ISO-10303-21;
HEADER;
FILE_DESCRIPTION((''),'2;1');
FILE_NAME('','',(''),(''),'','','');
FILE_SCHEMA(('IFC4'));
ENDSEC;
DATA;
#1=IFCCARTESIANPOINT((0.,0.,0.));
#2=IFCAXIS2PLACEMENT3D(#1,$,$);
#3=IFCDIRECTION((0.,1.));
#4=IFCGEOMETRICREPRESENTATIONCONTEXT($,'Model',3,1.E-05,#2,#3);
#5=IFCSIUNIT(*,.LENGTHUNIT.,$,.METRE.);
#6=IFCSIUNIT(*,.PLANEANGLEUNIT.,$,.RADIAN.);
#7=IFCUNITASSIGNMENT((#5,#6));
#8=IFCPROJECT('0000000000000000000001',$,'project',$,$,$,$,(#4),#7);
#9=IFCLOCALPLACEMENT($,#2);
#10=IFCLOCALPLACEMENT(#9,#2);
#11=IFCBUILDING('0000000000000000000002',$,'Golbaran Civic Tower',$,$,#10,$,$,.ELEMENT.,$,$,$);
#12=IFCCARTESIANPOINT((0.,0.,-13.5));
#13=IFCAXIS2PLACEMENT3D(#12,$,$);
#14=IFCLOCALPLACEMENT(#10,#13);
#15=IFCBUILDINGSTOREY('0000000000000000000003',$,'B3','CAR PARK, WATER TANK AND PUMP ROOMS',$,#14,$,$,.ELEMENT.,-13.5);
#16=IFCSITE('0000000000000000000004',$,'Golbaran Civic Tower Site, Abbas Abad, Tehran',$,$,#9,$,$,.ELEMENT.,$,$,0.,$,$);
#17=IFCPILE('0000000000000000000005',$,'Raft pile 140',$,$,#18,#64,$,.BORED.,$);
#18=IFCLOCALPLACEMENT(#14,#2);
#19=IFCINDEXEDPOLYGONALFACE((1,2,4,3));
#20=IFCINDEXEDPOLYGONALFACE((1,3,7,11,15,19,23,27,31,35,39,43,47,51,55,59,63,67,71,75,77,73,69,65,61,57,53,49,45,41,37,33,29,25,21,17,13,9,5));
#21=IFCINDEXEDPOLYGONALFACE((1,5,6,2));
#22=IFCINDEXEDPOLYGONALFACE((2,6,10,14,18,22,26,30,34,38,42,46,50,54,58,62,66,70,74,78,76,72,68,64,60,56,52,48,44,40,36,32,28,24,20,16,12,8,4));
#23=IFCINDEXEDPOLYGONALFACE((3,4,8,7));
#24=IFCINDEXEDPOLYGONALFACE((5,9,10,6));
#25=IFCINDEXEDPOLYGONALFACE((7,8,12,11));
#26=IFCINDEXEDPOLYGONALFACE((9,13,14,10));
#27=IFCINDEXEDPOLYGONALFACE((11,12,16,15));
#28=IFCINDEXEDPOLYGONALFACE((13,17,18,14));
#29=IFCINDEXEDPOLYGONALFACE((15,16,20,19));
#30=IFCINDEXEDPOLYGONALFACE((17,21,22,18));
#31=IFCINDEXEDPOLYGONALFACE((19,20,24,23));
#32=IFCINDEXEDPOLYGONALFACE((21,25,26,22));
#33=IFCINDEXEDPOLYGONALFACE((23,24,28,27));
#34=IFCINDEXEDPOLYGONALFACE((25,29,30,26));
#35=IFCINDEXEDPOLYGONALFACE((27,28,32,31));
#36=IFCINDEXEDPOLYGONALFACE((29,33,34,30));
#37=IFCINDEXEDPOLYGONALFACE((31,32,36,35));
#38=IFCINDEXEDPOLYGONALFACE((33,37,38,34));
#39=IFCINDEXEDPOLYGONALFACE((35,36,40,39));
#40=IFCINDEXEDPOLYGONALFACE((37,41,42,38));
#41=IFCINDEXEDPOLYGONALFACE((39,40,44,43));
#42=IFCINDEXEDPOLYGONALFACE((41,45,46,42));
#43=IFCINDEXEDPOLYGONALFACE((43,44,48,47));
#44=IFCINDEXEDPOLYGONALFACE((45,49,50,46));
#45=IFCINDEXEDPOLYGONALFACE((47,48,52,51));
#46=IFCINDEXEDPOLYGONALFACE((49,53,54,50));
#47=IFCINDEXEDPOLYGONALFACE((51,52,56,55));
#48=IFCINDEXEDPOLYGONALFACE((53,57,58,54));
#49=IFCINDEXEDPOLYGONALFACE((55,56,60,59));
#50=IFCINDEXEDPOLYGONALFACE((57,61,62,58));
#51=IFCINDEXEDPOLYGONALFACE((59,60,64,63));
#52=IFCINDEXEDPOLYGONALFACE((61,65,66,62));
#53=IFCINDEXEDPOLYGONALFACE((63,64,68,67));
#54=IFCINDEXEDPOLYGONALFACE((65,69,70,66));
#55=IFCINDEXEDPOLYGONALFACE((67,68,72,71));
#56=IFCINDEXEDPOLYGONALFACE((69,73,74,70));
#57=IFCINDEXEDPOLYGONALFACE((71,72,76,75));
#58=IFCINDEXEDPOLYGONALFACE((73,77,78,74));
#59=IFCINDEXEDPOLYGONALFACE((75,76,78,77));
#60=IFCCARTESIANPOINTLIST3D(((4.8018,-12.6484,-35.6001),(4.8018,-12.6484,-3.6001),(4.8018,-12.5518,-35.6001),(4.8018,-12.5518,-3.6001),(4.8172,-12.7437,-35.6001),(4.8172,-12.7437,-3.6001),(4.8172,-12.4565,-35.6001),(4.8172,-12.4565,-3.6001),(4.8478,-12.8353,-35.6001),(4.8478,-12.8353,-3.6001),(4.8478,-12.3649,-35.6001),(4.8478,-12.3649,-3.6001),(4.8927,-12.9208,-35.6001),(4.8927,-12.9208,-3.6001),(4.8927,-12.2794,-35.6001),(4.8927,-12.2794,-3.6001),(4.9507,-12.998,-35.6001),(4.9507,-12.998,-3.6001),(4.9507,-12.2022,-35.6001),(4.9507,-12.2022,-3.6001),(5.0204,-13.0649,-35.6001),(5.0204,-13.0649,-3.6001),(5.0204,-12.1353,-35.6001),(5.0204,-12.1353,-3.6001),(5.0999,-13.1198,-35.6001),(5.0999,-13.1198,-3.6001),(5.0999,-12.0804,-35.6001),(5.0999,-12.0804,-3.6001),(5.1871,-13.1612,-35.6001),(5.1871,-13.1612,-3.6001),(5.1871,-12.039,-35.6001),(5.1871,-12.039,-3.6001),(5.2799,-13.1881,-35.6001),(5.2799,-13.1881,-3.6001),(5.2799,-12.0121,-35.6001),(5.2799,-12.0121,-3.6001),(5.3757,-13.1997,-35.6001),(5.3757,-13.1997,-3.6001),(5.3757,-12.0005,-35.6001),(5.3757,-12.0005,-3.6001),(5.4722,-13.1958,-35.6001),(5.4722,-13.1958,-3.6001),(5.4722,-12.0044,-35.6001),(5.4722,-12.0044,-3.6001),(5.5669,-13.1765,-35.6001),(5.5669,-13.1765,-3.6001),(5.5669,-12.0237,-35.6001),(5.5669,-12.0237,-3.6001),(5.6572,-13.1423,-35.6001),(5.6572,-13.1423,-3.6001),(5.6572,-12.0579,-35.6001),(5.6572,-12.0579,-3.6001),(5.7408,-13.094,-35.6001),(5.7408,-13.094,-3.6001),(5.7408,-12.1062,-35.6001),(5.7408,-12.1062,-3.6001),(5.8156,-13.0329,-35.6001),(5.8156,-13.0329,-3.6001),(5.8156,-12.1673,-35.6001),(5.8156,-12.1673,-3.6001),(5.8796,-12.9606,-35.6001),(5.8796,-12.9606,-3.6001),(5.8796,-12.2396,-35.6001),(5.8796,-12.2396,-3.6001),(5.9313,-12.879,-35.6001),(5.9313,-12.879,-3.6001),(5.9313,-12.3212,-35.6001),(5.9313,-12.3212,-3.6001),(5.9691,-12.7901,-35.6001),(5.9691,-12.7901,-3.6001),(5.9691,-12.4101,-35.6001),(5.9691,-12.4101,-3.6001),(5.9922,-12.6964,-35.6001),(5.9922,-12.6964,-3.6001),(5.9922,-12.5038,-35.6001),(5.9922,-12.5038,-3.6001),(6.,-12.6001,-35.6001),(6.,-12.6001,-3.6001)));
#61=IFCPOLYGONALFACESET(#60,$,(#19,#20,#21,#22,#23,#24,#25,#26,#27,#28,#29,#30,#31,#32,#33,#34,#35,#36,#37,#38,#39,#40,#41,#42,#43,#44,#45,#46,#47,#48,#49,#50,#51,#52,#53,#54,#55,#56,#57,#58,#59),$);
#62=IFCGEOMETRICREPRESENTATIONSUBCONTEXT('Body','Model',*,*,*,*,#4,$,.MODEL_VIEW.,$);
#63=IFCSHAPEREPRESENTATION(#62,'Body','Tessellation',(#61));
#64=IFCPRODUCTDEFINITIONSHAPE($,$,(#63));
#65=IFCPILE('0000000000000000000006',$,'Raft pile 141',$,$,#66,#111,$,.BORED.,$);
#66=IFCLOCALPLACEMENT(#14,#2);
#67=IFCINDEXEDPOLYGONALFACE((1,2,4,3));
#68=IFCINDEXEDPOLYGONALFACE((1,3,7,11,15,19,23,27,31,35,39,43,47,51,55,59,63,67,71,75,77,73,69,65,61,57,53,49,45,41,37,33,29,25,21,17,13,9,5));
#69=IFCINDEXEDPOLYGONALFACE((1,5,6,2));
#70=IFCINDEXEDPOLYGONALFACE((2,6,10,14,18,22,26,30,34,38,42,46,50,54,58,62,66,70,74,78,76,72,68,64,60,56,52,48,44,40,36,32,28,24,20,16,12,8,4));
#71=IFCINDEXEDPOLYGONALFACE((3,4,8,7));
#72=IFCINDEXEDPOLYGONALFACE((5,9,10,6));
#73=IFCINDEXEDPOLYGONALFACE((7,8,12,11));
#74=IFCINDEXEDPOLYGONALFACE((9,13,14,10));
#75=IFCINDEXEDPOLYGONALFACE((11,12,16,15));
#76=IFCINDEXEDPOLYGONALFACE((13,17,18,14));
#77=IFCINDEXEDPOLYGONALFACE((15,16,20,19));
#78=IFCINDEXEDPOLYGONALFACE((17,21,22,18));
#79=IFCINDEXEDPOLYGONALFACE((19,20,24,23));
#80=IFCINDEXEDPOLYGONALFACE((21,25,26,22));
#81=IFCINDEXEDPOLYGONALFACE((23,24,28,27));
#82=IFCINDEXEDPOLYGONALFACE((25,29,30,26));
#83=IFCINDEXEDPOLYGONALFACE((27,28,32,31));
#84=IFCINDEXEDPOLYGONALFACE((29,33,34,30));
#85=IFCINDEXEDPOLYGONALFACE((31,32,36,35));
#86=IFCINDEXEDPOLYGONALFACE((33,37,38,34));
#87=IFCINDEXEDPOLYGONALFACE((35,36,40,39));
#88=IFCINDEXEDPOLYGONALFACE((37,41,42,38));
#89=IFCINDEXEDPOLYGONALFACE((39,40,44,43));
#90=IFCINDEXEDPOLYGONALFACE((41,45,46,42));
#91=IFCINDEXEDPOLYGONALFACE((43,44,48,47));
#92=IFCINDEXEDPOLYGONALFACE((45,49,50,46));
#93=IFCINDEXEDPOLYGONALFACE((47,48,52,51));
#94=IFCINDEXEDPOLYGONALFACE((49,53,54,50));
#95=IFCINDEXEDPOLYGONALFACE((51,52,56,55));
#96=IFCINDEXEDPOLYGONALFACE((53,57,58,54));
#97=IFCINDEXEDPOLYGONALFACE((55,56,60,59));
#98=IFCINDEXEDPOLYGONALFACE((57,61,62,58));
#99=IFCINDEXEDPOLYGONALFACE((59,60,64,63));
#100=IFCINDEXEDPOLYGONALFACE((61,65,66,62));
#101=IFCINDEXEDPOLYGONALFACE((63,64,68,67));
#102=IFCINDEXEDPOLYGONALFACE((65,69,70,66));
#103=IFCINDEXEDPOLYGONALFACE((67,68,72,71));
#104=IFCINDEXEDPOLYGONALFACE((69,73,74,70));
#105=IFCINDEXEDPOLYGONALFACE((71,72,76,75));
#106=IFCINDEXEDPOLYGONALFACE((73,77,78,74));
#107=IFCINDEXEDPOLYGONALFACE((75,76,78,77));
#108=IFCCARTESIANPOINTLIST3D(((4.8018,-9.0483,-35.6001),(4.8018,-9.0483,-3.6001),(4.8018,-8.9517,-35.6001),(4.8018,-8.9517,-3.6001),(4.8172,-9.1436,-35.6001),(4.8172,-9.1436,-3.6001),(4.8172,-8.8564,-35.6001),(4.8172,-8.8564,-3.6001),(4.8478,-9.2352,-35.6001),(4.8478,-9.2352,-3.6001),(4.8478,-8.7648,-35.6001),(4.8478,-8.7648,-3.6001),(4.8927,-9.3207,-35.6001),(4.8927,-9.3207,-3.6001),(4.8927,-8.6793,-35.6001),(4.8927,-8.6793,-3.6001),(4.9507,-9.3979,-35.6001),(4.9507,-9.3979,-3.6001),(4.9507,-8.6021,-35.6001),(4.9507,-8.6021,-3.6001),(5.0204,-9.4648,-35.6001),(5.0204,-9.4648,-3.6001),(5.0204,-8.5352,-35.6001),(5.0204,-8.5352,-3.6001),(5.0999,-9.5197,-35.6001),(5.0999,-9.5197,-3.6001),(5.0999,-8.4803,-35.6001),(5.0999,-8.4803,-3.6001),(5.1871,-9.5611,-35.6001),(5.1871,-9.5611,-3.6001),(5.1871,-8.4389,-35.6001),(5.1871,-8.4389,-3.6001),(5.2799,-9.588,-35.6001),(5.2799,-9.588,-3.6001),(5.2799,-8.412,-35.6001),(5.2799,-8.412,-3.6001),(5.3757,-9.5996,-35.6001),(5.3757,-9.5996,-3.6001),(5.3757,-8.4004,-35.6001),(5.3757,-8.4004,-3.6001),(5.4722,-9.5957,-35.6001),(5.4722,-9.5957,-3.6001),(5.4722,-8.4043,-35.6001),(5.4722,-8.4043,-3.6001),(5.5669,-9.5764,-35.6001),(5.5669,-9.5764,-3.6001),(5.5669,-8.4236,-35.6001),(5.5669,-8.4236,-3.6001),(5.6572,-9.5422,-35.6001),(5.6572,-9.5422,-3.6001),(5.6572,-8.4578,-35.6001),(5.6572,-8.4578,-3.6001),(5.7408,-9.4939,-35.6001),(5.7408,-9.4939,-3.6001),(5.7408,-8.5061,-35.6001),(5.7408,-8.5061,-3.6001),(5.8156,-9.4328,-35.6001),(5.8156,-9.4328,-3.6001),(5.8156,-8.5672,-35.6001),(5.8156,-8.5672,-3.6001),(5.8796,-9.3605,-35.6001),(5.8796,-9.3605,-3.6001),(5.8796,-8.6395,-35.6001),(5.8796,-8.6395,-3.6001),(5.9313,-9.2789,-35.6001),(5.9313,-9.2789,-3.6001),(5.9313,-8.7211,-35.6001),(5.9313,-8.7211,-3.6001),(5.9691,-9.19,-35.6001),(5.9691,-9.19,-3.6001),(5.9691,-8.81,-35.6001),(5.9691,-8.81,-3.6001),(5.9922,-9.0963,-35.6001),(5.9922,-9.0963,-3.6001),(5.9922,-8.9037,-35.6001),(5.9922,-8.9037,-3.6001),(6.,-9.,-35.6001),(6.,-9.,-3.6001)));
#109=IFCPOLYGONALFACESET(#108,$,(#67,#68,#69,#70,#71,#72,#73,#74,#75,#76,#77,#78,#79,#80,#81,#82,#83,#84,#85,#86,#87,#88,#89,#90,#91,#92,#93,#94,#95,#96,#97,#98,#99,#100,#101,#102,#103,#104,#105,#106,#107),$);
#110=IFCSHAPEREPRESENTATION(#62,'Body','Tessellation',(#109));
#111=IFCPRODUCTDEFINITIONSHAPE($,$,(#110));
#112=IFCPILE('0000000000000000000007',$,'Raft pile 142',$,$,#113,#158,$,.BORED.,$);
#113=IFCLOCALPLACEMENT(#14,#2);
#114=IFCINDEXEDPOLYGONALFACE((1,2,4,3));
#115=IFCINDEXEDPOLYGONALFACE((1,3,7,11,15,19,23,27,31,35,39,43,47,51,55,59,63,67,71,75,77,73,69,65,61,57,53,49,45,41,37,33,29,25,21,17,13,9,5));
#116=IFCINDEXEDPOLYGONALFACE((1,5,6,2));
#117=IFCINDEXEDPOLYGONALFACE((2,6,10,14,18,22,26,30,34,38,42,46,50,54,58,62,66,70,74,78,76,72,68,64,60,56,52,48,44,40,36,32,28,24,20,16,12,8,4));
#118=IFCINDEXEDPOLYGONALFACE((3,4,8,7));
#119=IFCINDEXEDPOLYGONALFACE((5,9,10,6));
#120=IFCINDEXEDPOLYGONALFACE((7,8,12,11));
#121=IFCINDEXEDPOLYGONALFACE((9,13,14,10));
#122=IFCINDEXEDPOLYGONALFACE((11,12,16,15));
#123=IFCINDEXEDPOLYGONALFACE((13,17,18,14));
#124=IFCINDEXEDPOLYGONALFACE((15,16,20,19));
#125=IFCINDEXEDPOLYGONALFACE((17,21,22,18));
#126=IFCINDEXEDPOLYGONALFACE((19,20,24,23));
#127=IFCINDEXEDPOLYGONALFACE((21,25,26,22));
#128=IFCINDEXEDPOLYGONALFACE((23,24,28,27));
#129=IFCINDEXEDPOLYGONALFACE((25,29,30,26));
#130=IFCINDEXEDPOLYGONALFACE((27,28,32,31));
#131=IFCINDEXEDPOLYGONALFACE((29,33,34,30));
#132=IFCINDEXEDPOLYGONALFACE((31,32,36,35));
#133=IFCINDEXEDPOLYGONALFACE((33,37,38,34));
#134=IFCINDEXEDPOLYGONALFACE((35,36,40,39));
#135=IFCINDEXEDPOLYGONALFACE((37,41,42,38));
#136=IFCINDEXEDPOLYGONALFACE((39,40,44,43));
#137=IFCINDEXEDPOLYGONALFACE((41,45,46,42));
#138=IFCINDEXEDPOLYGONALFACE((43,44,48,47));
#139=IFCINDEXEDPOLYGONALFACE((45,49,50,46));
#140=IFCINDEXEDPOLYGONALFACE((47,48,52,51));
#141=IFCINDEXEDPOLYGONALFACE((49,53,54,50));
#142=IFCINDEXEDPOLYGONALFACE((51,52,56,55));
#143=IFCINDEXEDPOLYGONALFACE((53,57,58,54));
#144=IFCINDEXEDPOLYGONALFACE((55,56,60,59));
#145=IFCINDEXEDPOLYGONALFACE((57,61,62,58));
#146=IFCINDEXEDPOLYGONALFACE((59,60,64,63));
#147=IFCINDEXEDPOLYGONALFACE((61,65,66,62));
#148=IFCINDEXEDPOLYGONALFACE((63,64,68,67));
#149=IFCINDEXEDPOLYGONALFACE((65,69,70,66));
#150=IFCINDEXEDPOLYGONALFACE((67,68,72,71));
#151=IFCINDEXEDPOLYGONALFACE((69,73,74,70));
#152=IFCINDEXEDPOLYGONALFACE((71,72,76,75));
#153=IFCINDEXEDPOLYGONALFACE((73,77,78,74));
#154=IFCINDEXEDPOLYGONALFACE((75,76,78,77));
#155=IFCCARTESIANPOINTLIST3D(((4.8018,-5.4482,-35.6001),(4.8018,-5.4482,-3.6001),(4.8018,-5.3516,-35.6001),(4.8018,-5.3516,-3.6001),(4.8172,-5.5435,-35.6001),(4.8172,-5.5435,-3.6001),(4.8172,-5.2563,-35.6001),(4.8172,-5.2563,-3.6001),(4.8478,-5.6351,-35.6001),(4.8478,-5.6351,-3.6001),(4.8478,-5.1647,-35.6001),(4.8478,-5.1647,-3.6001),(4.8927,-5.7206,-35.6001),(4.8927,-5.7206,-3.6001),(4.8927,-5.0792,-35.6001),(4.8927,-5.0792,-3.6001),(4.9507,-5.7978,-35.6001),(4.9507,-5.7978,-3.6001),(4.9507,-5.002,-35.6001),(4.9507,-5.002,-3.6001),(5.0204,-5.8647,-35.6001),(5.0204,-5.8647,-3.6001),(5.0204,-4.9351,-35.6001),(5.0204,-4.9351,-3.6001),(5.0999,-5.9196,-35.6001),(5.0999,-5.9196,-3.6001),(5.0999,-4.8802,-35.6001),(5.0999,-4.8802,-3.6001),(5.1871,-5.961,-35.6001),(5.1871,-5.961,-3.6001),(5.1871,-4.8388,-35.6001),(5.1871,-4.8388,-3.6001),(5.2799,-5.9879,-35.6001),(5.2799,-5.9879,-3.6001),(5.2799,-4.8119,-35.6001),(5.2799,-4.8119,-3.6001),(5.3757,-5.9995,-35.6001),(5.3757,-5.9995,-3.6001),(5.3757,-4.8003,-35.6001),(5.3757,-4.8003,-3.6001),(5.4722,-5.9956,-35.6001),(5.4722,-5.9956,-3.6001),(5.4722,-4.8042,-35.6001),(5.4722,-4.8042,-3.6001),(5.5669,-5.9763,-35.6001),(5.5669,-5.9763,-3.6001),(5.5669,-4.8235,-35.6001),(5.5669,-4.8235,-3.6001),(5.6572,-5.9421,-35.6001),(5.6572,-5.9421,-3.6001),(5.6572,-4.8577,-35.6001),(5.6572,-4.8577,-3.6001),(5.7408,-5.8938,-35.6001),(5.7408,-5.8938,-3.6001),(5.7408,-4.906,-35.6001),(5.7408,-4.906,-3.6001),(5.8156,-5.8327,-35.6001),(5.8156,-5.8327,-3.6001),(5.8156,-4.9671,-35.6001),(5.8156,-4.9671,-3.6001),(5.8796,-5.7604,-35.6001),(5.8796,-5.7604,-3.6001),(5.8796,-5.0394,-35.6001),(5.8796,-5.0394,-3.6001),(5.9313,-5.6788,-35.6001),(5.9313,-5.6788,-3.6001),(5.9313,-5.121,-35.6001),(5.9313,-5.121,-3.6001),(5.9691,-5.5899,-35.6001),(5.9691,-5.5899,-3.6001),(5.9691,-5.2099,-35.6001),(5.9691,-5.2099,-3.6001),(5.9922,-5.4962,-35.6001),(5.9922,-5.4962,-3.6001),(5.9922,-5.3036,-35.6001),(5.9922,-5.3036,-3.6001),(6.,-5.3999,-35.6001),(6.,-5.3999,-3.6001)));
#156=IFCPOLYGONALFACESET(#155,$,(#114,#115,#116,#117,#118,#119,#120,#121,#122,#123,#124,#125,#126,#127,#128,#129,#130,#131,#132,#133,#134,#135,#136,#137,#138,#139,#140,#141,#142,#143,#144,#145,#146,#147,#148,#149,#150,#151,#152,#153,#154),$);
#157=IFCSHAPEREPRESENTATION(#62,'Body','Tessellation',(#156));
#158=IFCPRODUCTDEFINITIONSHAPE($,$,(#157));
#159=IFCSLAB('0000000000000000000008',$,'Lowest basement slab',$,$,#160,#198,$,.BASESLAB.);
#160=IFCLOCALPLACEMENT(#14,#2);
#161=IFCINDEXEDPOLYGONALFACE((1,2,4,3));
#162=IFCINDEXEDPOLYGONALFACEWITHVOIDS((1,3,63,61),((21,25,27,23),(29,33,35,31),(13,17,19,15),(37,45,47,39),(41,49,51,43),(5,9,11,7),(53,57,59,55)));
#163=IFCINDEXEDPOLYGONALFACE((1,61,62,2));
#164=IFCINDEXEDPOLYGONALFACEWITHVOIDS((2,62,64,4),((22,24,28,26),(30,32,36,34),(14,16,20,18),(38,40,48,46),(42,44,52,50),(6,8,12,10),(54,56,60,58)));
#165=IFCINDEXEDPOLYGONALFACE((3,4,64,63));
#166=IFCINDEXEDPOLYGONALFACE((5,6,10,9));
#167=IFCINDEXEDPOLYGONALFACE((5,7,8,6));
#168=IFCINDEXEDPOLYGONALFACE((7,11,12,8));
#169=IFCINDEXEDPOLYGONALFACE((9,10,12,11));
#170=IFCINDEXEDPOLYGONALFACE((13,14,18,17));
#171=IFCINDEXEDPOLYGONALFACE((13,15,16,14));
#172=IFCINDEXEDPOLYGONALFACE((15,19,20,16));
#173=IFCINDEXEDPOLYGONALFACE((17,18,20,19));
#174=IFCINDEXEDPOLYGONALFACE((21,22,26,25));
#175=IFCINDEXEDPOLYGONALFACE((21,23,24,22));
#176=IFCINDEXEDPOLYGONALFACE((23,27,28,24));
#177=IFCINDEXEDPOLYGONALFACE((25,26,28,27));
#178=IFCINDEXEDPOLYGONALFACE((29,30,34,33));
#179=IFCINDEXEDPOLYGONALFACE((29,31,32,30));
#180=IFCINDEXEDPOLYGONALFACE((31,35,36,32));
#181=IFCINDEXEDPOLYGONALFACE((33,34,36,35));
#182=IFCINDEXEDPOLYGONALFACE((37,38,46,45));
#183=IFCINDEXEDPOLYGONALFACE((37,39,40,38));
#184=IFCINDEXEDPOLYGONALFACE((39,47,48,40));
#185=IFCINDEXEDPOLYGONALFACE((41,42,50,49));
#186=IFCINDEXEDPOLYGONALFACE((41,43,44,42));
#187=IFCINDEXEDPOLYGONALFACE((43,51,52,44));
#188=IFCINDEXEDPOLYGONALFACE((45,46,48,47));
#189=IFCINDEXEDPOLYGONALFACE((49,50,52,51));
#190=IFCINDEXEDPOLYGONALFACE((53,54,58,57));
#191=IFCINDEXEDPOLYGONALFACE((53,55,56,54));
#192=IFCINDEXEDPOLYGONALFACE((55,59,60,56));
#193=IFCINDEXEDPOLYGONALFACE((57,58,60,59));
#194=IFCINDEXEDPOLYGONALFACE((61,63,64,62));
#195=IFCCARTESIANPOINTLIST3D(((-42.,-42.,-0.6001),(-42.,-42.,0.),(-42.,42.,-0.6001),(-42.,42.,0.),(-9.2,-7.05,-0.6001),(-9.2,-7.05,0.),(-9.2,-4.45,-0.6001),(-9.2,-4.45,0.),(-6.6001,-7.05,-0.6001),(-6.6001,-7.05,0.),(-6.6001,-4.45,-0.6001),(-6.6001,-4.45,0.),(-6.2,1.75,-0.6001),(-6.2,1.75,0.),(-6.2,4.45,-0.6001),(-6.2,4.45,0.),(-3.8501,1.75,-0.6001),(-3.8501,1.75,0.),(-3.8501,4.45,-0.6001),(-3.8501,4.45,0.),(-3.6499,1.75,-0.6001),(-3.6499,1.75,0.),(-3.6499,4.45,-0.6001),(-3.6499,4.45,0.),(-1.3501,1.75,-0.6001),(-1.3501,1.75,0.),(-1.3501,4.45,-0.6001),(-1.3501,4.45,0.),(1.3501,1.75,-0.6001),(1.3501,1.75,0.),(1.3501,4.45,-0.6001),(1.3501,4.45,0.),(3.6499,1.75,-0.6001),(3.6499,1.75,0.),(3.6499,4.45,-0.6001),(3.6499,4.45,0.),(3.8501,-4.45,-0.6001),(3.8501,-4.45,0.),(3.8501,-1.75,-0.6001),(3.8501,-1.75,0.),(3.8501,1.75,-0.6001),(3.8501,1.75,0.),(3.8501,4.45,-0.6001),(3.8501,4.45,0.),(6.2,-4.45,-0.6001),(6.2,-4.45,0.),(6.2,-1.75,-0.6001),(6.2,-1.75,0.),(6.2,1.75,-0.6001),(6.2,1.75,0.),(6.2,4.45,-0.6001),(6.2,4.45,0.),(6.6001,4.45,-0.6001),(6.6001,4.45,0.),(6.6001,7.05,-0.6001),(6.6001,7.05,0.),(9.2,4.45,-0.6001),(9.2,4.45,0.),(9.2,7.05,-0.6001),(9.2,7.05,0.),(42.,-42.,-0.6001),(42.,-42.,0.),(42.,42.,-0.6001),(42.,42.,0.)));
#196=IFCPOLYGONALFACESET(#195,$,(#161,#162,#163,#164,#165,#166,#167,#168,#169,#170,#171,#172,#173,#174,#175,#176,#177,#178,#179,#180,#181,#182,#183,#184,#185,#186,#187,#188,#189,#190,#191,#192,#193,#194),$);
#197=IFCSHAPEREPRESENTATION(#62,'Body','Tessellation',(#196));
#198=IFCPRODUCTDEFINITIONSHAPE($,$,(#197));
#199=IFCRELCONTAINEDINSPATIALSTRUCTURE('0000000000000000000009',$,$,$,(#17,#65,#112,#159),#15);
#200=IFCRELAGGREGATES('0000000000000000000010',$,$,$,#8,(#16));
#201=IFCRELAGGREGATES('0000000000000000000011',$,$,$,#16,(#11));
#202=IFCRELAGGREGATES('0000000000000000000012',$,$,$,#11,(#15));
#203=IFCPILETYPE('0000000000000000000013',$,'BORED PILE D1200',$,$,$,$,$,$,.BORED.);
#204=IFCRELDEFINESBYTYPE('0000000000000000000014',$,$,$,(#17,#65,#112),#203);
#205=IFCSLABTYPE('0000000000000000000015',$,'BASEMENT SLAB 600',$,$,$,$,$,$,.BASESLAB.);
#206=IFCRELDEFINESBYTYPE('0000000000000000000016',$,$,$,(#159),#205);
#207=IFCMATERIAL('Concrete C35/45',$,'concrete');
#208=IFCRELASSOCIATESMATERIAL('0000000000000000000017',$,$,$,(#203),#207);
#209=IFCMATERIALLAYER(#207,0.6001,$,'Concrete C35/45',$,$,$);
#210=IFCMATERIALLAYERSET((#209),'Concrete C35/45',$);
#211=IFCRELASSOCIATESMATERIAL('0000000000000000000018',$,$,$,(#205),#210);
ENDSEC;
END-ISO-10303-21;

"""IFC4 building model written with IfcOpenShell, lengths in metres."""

from ifc_helpers import new_model, si_unit, direction, frame, origin, origin_2d, place, context, subcontext, project, spatial, polyline, circle, outline, extrude, material, layer, layer_set, material_profile, profile_set, type_object, element, save


model = new_model("IFC4")

# Units and contexts
model_context = context("Model", 3, precision=1e-05, world=origin(), true_north=direction((0.0, 1.0)))
body_context = subcontext(model_context, "Body", "Model", "MODEL_VIEW")
ifc_project = project(units=[si_unit("LENGTHUNIT", "METRE"), si_unit("PLANEANGLEUNIT", "RADIAN")], contexts=[model_context])

# Site, building, storey
site_placement = place(None, origin())
site = spatial("IfcSite", under=ifc_project, at=site_placement, Name="Golbaran Civic Tower Site, Abbas Abad, Tehran", CompositionType="ELEMENT", RefElevation=0.0)
building_placement = place(site_placement, origin())
building = spatial("IfcBuilding", under=site, at=building_placement, Name="Golbaran Civic Tower", CompositionType="ELEMENT")
storey_placement = place(building_placement, frame((0.0, 0.0, -13.5)))
storey = spatial("IfcBuildingStorey", under=building, at=storey_placement, Name="B3", Description="CAR PARK, WATER TANK AND PUMP ROOMS", CompositionType="ELEMENT", Elevation=-13.5)

# Piles
ifc_material_1 = material(Name="Concrete C35/45", Category="concrete")
ifc_material_profile = material_profile(ifc_material_1, circle(Radius=0.6001, at=origin_2d()), Name="BORED PILE D1200")
ifc_profile_set = profile_set([ifc_material_profile], Name="Concrete C35/45")
pile_type = type_object("IfcPileType", Name="BORED PILE D1200", PredefinedType="BORED", material=ifc_profile_set)
for number, where, z_axis, x_axis, name in (
    (1, (5.3999, -12.6001, -3.6001), (0.0, 0.0, -1.0), (1.0, 0.0, 0.0), "Raft pile 140"),
    (2, (5.3999, -9.0, -3.6001), (0.0, 0.0, -1.0), (1.0, 0.0, 0.0), "Raft pile 141"),
    (3, (5.3999, -5.3999, -3.6001), (0.0, 0.0, -1.0), (1.0, 0.0, 0.0), "Raft pile 142"),
):
    element("IfcPile", number, at=place(storey_placement, frame(where, z_axis=z_axis, x_axis=x_axis)), inside=storey, type_object=pile_type, Name=name, PredefinedType="BORED", context=body_context, shape_type="SweptSolid", body=[
        extrude(circle(Radius=0.6001, at=origin_2d()), origin(), (0.0, 0.0, 1.0), 32.0),
    ])

# Slab
ifc_layer_1 = layer(ifc_material_1, 0.6001, Name="Concrete C35/45")
ifc_layer_set_1 = layer_set([ifc_layer_1], Name="Concrete C35/45")
slab_type_1 = type_object("IfcSlabType", Name="BASEMENT SLAB 600", PredefinedType="BASESLAB", material=ifc_layer_set_1)
slab_1_placement = place(storey_placement, frame((0.0, 0.0, -0.6001)))
element("IfcSlab", 4, at=slab_1_placement, inside=storey, type_object=slab_type_1, Name="Lowest basement slab", PredefinedType="BASESLAB", context=body_context, shape_type="SweptSolid", body=[
    extrude(outline(polyline([(-42.0, 42.0), (42.0, 42.0), (42.0, -42.0), (-42.0, -42.0), (-42.0, 42.0)]), holes=[polyline([(6.6001, 4.45), (9.2, 4.45), (9.2, 7.05), (6.6001, 7.05), (6.6001, 4.45)]), polyline([(3.8501, -4.45), (6.2, -4.45), (6.2, -1.75), (3.8501, -1.75), (3.8501, -4.45)]), polyline([(3.8501, 1.75), (6.2, 1.75), (6.2, 4.45), (3.8501, 4.45), (3.8501, 1.75)]), polyline([(1.3501, 1.75), (3.6499, 1.75), (3.6499, 4.45), (1.3501, 4.45), (1.3501, 1.75)]), polyline([(-3.6499, 1.75), (-1.3501, 1.75), (-1.3501, 4.45), (-3.6499, 4.45), (-3.6499, 1.75)]), polyline([(-6.2, 1.75), (-3.8501, 1.75), (-3.8501, 4.45), (-6.2, 4.45), (-6.2, 1.75)]), polyline([(-6.6001, -7.05), (-6.6001, -4.45), (-9.2, -4.45), (-9.2, -7.05), (-6.6001, -7.05)])]), origin(), (0.0, 0.0, 1.0), 0.6001),
])

save(model, "model.ifc")
